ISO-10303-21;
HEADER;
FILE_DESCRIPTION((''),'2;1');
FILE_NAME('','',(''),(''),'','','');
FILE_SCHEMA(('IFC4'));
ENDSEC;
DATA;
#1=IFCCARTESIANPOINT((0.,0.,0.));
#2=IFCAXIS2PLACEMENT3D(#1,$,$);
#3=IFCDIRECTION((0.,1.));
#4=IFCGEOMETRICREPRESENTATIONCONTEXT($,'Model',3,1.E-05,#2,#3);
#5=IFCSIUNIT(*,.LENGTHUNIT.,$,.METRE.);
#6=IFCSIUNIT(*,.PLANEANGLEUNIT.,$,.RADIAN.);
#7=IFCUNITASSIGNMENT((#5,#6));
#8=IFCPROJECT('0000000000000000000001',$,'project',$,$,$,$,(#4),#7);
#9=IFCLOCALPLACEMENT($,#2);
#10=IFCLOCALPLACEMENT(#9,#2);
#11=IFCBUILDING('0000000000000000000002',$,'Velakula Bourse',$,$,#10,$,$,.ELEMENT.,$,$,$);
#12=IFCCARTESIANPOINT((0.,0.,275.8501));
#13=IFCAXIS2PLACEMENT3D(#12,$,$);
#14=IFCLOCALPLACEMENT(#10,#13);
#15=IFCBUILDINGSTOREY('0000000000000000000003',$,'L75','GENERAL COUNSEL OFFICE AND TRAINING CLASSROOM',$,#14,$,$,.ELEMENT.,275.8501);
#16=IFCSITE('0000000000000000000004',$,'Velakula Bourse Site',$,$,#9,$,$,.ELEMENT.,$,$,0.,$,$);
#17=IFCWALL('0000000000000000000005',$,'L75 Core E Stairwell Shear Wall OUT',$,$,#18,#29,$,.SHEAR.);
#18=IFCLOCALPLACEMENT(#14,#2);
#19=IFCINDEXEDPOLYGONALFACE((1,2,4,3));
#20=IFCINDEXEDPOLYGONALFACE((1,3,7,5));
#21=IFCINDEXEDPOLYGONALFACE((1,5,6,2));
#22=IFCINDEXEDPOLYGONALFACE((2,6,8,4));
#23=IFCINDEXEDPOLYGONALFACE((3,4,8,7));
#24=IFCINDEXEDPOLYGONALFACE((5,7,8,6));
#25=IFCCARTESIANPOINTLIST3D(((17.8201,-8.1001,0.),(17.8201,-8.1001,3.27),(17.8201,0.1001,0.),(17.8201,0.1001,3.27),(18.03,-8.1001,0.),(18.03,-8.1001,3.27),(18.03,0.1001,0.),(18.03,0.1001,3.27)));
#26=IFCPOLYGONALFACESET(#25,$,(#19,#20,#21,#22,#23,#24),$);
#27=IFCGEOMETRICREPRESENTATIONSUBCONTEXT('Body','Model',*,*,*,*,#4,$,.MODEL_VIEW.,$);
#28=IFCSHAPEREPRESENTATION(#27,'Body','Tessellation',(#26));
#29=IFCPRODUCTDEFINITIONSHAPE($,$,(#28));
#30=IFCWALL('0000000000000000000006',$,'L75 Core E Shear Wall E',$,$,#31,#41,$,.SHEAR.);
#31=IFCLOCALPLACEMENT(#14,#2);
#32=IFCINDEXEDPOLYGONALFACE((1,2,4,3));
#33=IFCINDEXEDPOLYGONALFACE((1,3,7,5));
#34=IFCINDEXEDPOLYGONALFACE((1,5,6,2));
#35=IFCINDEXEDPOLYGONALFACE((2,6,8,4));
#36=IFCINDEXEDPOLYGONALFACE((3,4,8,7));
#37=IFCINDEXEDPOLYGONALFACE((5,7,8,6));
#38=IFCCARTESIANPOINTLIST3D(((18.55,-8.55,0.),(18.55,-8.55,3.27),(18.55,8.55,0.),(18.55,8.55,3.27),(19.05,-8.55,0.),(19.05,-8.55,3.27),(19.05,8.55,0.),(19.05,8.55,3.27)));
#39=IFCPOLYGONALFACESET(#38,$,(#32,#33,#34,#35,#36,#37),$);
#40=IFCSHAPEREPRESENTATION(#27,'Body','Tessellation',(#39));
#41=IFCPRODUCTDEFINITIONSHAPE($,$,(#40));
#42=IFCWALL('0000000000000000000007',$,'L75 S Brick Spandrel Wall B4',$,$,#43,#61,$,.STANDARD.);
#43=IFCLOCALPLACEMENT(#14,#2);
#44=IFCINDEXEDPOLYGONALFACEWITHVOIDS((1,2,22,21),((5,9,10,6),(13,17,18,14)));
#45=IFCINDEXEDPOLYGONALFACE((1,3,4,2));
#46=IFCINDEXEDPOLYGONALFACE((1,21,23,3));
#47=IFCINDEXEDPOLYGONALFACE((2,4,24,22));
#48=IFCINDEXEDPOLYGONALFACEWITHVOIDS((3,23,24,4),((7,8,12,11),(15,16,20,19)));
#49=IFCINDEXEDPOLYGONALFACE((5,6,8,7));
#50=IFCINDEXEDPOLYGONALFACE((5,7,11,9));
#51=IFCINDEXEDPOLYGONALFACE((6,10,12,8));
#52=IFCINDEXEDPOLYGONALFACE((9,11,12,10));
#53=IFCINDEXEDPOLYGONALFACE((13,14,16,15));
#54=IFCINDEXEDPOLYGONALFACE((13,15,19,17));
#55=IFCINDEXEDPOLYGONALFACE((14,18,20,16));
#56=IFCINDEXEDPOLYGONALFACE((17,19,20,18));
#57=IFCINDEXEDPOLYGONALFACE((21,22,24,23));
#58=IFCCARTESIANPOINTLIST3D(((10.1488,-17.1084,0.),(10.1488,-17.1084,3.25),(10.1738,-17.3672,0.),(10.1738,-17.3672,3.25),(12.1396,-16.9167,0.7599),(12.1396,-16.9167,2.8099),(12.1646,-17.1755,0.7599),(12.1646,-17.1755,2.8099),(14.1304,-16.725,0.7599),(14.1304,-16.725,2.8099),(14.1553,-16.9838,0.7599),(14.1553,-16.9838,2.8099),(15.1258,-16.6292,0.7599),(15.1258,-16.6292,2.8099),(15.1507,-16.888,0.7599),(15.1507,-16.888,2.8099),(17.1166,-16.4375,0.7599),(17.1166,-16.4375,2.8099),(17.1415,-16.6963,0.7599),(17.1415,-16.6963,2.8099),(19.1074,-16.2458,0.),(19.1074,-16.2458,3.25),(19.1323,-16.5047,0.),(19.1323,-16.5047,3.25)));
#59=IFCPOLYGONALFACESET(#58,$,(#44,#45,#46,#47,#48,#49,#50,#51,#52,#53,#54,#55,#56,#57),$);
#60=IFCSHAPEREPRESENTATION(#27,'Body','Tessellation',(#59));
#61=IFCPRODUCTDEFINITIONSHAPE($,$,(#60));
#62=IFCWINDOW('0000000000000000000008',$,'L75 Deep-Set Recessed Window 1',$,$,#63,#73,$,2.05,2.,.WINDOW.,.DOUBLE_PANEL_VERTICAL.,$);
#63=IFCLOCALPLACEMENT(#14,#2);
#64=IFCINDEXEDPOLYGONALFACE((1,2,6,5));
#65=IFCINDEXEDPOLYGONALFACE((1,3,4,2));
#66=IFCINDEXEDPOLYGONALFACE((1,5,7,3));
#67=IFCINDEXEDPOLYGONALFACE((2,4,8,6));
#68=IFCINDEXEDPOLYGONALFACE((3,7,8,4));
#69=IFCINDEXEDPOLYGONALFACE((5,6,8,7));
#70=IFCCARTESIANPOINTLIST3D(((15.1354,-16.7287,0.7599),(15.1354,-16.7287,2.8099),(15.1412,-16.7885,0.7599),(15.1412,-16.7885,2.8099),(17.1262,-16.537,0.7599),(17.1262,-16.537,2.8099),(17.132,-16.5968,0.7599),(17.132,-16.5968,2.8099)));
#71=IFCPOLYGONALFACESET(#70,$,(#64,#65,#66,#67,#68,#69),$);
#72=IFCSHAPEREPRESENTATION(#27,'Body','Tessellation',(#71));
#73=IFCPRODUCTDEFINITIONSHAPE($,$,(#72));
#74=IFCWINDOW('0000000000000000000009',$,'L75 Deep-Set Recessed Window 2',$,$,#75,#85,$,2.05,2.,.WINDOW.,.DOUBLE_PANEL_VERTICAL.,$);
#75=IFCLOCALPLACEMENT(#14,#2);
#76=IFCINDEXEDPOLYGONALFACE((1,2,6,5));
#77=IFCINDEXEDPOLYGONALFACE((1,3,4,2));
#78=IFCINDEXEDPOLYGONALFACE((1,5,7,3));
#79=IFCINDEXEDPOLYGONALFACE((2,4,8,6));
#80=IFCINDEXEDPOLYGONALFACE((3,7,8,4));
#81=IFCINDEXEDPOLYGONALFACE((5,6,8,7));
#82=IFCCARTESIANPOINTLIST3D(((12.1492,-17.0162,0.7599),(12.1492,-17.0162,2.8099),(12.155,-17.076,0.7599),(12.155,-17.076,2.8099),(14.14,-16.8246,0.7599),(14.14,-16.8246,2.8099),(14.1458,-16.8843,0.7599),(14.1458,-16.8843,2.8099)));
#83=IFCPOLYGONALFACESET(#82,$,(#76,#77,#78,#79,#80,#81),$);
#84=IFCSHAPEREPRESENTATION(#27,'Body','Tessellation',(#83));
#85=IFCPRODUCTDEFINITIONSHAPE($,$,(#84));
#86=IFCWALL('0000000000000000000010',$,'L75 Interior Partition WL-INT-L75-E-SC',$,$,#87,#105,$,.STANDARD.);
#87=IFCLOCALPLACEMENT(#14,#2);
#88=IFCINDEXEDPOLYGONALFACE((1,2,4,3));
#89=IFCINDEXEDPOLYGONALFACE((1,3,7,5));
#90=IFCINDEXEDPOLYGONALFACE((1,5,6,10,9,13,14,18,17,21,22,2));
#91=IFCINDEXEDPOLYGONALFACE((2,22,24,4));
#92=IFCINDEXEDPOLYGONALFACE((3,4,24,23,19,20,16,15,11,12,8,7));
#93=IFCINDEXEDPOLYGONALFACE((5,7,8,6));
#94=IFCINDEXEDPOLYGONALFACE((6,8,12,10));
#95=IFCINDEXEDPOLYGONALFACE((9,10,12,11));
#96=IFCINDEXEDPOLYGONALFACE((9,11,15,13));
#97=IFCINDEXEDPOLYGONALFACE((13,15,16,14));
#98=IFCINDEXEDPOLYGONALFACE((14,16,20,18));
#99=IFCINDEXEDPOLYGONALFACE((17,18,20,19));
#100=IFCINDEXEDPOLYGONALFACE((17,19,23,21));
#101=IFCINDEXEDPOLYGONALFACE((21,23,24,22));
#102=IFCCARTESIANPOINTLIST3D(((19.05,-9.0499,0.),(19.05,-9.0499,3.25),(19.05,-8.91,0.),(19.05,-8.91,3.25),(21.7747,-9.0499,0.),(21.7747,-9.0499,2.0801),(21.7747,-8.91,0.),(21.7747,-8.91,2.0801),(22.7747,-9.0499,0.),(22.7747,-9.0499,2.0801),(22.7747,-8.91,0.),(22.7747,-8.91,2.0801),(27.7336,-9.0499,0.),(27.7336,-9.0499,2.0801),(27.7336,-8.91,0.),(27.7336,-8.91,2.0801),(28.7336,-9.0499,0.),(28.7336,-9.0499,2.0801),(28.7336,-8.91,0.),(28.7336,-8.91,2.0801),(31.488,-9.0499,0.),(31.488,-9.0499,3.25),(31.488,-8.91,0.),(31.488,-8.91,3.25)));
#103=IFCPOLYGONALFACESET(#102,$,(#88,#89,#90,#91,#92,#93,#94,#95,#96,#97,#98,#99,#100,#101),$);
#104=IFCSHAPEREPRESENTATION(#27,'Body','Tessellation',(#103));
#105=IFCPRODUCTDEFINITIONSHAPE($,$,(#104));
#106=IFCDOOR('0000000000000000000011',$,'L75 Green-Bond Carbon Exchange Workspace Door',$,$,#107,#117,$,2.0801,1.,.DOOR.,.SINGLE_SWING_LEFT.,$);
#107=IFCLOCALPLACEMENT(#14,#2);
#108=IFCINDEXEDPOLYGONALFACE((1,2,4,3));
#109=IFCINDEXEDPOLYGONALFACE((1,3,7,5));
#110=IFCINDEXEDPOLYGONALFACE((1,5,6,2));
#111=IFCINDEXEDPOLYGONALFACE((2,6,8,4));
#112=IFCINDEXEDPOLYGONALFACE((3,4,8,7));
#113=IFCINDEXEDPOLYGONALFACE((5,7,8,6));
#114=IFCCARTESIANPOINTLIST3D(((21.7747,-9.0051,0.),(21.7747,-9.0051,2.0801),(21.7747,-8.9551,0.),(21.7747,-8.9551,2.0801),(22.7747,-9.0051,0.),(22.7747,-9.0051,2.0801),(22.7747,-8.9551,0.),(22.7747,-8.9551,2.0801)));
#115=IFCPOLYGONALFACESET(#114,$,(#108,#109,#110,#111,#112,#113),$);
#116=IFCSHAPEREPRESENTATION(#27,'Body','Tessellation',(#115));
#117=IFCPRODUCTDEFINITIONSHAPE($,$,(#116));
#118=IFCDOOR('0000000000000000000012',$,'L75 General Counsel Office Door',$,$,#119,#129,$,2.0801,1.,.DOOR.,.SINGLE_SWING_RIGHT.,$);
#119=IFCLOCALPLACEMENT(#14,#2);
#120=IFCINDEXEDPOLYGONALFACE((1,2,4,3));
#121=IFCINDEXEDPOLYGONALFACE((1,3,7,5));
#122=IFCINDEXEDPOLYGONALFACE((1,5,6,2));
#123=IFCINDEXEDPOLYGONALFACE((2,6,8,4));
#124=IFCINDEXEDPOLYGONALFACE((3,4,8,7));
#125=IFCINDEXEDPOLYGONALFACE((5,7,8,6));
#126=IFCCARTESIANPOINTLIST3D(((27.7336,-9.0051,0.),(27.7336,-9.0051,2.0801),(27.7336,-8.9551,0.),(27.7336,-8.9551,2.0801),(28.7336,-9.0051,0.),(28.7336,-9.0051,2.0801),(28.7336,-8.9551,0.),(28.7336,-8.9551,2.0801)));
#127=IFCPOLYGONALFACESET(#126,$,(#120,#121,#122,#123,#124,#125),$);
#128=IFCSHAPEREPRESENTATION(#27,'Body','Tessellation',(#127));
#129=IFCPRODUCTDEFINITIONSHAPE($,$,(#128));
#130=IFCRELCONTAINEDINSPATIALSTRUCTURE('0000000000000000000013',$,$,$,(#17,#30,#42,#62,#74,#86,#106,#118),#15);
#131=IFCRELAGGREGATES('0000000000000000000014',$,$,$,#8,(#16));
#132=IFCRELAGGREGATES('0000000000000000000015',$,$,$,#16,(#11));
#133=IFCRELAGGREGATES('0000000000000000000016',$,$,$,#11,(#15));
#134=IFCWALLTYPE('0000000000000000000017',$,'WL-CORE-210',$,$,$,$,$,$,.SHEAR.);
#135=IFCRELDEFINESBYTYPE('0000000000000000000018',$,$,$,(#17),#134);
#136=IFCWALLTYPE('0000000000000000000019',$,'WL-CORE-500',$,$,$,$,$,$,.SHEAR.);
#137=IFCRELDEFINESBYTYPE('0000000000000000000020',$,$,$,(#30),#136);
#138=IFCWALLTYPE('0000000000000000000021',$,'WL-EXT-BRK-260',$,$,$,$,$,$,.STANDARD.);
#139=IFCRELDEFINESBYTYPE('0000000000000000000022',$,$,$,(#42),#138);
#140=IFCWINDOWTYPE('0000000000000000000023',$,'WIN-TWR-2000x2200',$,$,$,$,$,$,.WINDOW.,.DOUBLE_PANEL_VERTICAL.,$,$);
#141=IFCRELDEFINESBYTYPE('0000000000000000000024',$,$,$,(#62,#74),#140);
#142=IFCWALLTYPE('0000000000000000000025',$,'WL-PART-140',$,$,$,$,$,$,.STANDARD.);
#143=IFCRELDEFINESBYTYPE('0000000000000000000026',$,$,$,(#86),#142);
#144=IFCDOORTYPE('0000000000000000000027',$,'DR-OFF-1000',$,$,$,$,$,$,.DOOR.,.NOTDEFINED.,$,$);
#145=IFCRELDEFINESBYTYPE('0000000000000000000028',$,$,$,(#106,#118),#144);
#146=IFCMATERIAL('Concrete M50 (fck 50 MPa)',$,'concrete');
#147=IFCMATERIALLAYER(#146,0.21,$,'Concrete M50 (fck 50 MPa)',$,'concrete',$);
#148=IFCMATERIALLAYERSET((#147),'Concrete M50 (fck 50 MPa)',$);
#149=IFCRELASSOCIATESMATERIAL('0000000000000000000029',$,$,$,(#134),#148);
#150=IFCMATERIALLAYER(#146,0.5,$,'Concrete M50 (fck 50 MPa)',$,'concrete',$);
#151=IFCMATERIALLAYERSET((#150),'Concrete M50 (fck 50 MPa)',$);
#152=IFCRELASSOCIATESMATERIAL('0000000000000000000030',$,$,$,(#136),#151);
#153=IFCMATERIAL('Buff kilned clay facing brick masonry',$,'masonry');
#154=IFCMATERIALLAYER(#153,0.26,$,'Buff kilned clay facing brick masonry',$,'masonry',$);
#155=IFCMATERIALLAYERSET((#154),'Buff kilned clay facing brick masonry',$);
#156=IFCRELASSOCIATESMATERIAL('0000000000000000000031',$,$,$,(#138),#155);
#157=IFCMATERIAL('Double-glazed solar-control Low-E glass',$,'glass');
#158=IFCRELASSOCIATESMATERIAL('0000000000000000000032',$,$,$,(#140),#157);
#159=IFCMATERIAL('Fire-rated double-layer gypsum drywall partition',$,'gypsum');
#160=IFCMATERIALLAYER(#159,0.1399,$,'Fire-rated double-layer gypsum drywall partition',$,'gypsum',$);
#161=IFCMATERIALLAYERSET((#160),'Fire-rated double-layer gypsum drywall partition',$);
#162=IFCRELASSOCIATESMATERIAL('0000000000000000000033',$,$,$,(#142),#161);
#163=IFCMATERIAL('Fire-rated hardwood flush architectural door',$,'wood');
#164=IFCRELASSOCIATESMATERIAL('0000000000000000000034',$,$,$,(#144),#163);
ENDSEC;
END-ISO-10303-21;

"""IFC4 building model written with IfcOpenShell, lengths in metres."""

from ifc_helpers import new_model, si_unit, direction, frame, frame_2d, origin, place, context, subcontext, project, spatial, rectangle, extrude, material, layer, layer_set, type_object, element, fill, save


model = new_model("IFC4")

# Units and contexts
model_context = context("Model", 3, precision=1e-05, world=origin(), true_north=direction((0.0, 1.0)))
body_context = subcontext(model_context, "Body", "Model", "MODEL_VIEW")
ifc_project = project(units=[si_unit("LENGTHUNIT", "METRE"), si_unit("PLANEANGLEUNIT", "RADIAN")], contexts=[model_context])

# Site, building, storey
site_placement = place(None, origin())
site = spatial("IfcSite", under=ifc_project, at=site_placement, Name="Velakula Bourse Site", CompositionType="ELEMENT", RefElevation=0.0)
building_placement = place(site_placement, origin())
building = spatial("IfcBuilding", under=site, at=building_placement, Name="Velakula Bourse", CompositionType="ELEMENT")
storey_placement = place(building_placement, frame((0.0, 0.0, 275.8501)))
storey = spatial("IfcBuildingStorey", under=building, at=storey_placement, Name="L75", Description="GENERAL COUNSEL OFFICE AND TRAINING CLASSROOM", CompositionType="ELEMENT", Elevation=275.8501)

# Shared definitions
ifc_material_1 = material(Name="Concrete M50 (fck 50 MPa)", Category="concrete")

# Walls
ifc_layer_1 = layer(ifc_material_1, 0.21, Name="Concrete M50 (fck 50 MPa)", Category="concrete")
ifc_layer_set_1 = layer_set([ifc_layer_1], Name="Concrete M50 (fck 50 MPa)")
wall_type_1 = type_object("IfcWallType", Name="WL-CORE-210", PredefinedType="SHEAR", material=ifc_layer_set_1)
wall_1_placement = place(storey_placement, frame((17.925, -8.1001, 0.0), z_axis=(0.0, 0.0, 1.0), x_axis=(0.0, 1.0, 0.0)))
element("IfcWall", 1, at=wall_1_placement, inside=storey, type_object=wall_type_1, Name="L75 Core E Stairwell Shear Wall OUT", PredefinedType="SHEAR", context=body_context, shape_type="SweptSolid", body=[
    extrude(rectangle(XDim=8.2002, YDim=0.21, at=frame_2d((4.1001, 0.0))), origin(), (0.0, 0.0, 1.0), 3.27),
])
ifc_layer_2 = layer(ifc_material_1, 0.5, Name="Concrete M50 (fck 50 MPa)", Category="concrete")
ifc_layer_set_2 = layer_set([ifc_layer_2], Name="Concrete M50 (fck 50 MPa)")
wall_type_2 = type_object("IfcWallType", Name="WL-CORE-500", PredefinedType="SHEAR", material=ifc_layer_set_2)
wall_2_placement = place(storey_placement, frame((18.8, -8.55, 0.0), z_axis=(0.0, 0.0, 1.0), x_axis=(0.0, 1.0, 0.0)))
element("IfcWall", 2, at=wall_2_placement, inside=storey, type_object=wall_type_2, Name="L75 Core E Shear Wall E", PredefinedType="SHEAR", context=body_context, shape_type="SweptSolid", body=[
    extrude(rectangle(XDim=17.1001, YDim=0.5, at=frame_2d((8.55, 0.0))), origin(), (0.0, 0.0, 1.0), 3.27),
])

# Wall, openings, windows
ifc_material_2 = material(Name="Buff kilned clay facing brick masonry", Category="masonry")
ifc_layer_3 = layer(ifc_material_2, 0.26, Name="Buff kilned clay facing brick masonry", Category="masonry")
ifc_layer_set_3 = layer_set([ifc_layer_3], Name="Buff kilned clay facing brick masonry")
wall_type_3 = type_object("IfcWallType", Name="WL-EXT-BRK-260", PredefinedType="STANDARD", material=ifc_layer_set_3)
wall_3_placement = place(storey_placement, frame((19.1199, -16.3752, 0.0), z_axis=(0.0, 0.0, 1.0), x_axis=(-0.995397, -0.09584, 0.0)))
wall_3 = element("IfcWall", 3, at=wall_3_placement, inside=storey, type_object=wall_type_3, Name="L75 S Brick Spandrel Wall B4", PredefinedType="STANDARD", context=body_context, shape_type="SweptSolid", body=[
    extrude(rectangle(XDim=9.0, YDim=0.26, at=frame_2d((4.5, 0.0))), origin(), (0.0, 0.0, 1.0), 3.25),
])
opening_1_placement = place(wall_3_placement, frame((2.0, 0.0, 0.76)))
opening_1 = element("IfcOpeningElement", 4, at=opening_1_placement, cuts=wall_3, PredefinedType="OPENING", context=body_context, shape_type="SweptSolid", body=[
    extrude(rectangle(XDim=2.0, YDim=2.05, at=frame_2d((1.0, 1.0249))), frame((0.0, 0.1399, 0.0), z_axis=(0.0, -1.0, 0.0), x_axis=(1.0, 0.0, 0.0)), (0.0, 0.0, 1.0), 0.28),
])
opening_2_placement = place(wall_3_placement, frame((5.0, 0.0, 0.76)))
opening_2 = element("IfcOpeningElement", 5, at=opening_2_placement, cuts=wall_3, PredefinedType="OPENING", context=body_context, shape_type="SweptSolid", body=[
    extrude(rectangle(XDim=2.0, YDim=2.05, at=frame_2d((1.0, 1.0249))), frame((0.0, 0.1399, 0.0), z_axis=(0.0, -1.0, 0.0), x_axis=(1.0, 0.0, 0.0)), (0.0, 0.0, 1.0), 0.28),
])
ifc_material_3 = material(Name="Double-glazed solar-control Low-E glass", Category="glass")
window_type = type_object("IfcWindowType", Name="WIN-TWR-2000x2200", PartitioningType="DOUBLE_PANEL_VERTICAL", PredefinedType="WINDOW", material=ifc_material_3)
window_1_placement = place(opening_1_placement, origin())
window_1 = element("IfcWindow", 6, at=window_1_placement, inside=storey, type_object=window_type, Name="L75 Deep-Set Recessed Window 1", OverallHeight=2.05, OverallWidth=2.0, PartitioningType="DOUBLE_PANEL_VERTICAL", PredefinedType="WINDOW", context=body_context, shape_type="SweptSolid", body=[
    extrude(rectangle(XDim=2.0, YDim=2.05, at=frame_2d((1.0, 1.0249))), frame((0.0, 0.03, 0.0), z_axis=(0.0, -1.0, 0.0), x_axis=(1.0, 0.0, 0.0)), (0.0, 0.0, 1.0), 0.0601),
])
fill(opening_1, window_1)
window_2_placement = place(opening_2_placement, origin())
window_2 = element("IfcWindow", 7, at=window_2_placement, inside=storey, type_object=window_type, Name="L75 Deep-Set Recessed Window 2", OverallHeight=2.05, OverallWidth=2.0, PartitioningType="DOUBLE_PANEL_VERTICAL", PredefinedType="WINDOW", context=body_context, shape_type="SweptSolid", body=[
    extrude(rectangle(XDim=2.0, YDim=2.05, at=frame_2d((1.0, 1.0249))), frame((0.0, 0.03, 0.0), z_axis=(0.0, -1.0, 0.0), x_axis=(1.0, 0.0, 0.0)), (0.0, 0.0, 1.0), 0.0601),
])
fill(opening_2, window_2)

# Wall, openings, doors
ifc_material_4 = material(Name="Fire-rated double-layer gypsum drywall partition", Category="gypsum")
ifc_layer_4 = layer(ifc_material_4, 0.1399, Name="Fire-rated double-layer gypsum drywall partition", Category="gypsum")
ifc_layer_set_4 = layer_set([ifc_layer_4], Name="Fire-rated double-layer gypsum drywall partition")
wall_type_4 = type_object("IfcWallType", Name="WL-PART-140", PredefinedType="STANDARD", material=ifc_layer_set_4)
wall_4_placement = place(storey_placement, frame((19.05, -8.98, 0.0), z_axis=(0.0, 0.0, 1.0), x_axis=(1.0, 0.0, 0.0)))
wall_4 = element("IfcWall", 8, at=wall_4_placement, inside=storey, type_object=wall_type_4, Name="L75 Interior Partition WL-INT-L75-E-SC", PredefinedType="STANDARD", context=body_context, shape_type="SweptSolid", body=[
    extrude(rectangle(XDim=12.438, YDim=0.1399, at=frame_2d((6.219, 0.0))), origin(), (0.0, 0.0, 1.0), 3.25),
])
opening_3_placement = place(wall_4_placement, frame((2.7246, 0.0, 0.0)))
opening_3 = element("IfcOpeningElement", 9, at=opening_3_placement, cuts=wall_4, PredefinedType="OPENING", context=body_context, shape_type="SweptSolid", body=[
    extrude(rectangle(XDim=1.0, YDim=2.0801, at=frame_2d((0.5, 1.04))), frame((0.0, 0.0798, 0.0), z_axis=(0.0, -1.0, 0.0), x_axis=(1.0, 0.0, 0.0)), (0.0, 0.0, 1.0), 0.1599),
])
opening_4_placement = place(wall_4_placement, frame((8.6836, 0.0, 0.0)))
opening_4 = element("IfcOpeningElement", 10, at=opening_4_placement, cuts=wall_4, PredefinedType="OPENING", context=body_context, shape_type="SweptSolid", body=[
    extrude(rectangle(XDim=1.0, YDim=2.0801, at=frame_2d((0.5, 1.04))), frame((0.0, 0.0798, 0.0), z_axis=(0.0, -1.0, 0.0), x_axis=(1.0, 0.0, 0.0)), (0.0, 0.0, 1.0), 0.1599),
])
ifc_material_5 = material(Name="Fire-rated hardwood flush architectural door", Category="wood")
door_type = type_object("IfcDoorType", Name="DR-OFF-1000", OperationType="NOTDEFINED", PredefinedType="DOOR", material=ifc_material_5)
door_1_placement = place(opening_3_placement, origin())
door_1 = element("IfcDoor", 11, at=door_1_placement, inside=storey, type_object=door_type, Name="L75 Green-Bond Carbon Exchange Workspace Door", OperationType="SINGLE_SWING_LEFT", OverallHeight=2.0801, OverallWidth=1.0, PredefinedType="DOOR", context=body_context, shape_type="SweptSolid", body=[
    extrude(rectangle(XDim=1.0, YDim=2.0801, at=frame_2d((0.5, 1.04))), frame((0.0, 0.0249, 0.0), z_axis=(0.0, -1.0, 0.0), x_axis=(1.0, 0.0, 0.0)), (0.0, 0.0, 1.0), 0.05),
])
fill(opening_3, door_1)
door_2_placement = place(opening_4_placement, origin())
door_2 = element("IfcDoor", 12, at=door_2_placement, inside=storey, type_object=door_type, Name="L75 General Counsel Office Door", OperationType="SINGLE_SWING_RIGHT", OverallHeight=2.0801, OverallWidth=1.0, PredefinedType="DOOR", context=body_context, shape_type="SweptSolid", body=[
    extrude(rectangle(XDim=1.0, YDim=2.0801, at=frame_2d((0.5, 1.04))), frame((0.0, 0.0249, 0.0), z_axis=(0.0, -1.0, 0.0), x_axis=(1.0, 0.0, 0.0)), (0.0, 0.0, 1.0), 0.05),
])
fill(opening_4, door_2)

save(model, "model.ifc")
